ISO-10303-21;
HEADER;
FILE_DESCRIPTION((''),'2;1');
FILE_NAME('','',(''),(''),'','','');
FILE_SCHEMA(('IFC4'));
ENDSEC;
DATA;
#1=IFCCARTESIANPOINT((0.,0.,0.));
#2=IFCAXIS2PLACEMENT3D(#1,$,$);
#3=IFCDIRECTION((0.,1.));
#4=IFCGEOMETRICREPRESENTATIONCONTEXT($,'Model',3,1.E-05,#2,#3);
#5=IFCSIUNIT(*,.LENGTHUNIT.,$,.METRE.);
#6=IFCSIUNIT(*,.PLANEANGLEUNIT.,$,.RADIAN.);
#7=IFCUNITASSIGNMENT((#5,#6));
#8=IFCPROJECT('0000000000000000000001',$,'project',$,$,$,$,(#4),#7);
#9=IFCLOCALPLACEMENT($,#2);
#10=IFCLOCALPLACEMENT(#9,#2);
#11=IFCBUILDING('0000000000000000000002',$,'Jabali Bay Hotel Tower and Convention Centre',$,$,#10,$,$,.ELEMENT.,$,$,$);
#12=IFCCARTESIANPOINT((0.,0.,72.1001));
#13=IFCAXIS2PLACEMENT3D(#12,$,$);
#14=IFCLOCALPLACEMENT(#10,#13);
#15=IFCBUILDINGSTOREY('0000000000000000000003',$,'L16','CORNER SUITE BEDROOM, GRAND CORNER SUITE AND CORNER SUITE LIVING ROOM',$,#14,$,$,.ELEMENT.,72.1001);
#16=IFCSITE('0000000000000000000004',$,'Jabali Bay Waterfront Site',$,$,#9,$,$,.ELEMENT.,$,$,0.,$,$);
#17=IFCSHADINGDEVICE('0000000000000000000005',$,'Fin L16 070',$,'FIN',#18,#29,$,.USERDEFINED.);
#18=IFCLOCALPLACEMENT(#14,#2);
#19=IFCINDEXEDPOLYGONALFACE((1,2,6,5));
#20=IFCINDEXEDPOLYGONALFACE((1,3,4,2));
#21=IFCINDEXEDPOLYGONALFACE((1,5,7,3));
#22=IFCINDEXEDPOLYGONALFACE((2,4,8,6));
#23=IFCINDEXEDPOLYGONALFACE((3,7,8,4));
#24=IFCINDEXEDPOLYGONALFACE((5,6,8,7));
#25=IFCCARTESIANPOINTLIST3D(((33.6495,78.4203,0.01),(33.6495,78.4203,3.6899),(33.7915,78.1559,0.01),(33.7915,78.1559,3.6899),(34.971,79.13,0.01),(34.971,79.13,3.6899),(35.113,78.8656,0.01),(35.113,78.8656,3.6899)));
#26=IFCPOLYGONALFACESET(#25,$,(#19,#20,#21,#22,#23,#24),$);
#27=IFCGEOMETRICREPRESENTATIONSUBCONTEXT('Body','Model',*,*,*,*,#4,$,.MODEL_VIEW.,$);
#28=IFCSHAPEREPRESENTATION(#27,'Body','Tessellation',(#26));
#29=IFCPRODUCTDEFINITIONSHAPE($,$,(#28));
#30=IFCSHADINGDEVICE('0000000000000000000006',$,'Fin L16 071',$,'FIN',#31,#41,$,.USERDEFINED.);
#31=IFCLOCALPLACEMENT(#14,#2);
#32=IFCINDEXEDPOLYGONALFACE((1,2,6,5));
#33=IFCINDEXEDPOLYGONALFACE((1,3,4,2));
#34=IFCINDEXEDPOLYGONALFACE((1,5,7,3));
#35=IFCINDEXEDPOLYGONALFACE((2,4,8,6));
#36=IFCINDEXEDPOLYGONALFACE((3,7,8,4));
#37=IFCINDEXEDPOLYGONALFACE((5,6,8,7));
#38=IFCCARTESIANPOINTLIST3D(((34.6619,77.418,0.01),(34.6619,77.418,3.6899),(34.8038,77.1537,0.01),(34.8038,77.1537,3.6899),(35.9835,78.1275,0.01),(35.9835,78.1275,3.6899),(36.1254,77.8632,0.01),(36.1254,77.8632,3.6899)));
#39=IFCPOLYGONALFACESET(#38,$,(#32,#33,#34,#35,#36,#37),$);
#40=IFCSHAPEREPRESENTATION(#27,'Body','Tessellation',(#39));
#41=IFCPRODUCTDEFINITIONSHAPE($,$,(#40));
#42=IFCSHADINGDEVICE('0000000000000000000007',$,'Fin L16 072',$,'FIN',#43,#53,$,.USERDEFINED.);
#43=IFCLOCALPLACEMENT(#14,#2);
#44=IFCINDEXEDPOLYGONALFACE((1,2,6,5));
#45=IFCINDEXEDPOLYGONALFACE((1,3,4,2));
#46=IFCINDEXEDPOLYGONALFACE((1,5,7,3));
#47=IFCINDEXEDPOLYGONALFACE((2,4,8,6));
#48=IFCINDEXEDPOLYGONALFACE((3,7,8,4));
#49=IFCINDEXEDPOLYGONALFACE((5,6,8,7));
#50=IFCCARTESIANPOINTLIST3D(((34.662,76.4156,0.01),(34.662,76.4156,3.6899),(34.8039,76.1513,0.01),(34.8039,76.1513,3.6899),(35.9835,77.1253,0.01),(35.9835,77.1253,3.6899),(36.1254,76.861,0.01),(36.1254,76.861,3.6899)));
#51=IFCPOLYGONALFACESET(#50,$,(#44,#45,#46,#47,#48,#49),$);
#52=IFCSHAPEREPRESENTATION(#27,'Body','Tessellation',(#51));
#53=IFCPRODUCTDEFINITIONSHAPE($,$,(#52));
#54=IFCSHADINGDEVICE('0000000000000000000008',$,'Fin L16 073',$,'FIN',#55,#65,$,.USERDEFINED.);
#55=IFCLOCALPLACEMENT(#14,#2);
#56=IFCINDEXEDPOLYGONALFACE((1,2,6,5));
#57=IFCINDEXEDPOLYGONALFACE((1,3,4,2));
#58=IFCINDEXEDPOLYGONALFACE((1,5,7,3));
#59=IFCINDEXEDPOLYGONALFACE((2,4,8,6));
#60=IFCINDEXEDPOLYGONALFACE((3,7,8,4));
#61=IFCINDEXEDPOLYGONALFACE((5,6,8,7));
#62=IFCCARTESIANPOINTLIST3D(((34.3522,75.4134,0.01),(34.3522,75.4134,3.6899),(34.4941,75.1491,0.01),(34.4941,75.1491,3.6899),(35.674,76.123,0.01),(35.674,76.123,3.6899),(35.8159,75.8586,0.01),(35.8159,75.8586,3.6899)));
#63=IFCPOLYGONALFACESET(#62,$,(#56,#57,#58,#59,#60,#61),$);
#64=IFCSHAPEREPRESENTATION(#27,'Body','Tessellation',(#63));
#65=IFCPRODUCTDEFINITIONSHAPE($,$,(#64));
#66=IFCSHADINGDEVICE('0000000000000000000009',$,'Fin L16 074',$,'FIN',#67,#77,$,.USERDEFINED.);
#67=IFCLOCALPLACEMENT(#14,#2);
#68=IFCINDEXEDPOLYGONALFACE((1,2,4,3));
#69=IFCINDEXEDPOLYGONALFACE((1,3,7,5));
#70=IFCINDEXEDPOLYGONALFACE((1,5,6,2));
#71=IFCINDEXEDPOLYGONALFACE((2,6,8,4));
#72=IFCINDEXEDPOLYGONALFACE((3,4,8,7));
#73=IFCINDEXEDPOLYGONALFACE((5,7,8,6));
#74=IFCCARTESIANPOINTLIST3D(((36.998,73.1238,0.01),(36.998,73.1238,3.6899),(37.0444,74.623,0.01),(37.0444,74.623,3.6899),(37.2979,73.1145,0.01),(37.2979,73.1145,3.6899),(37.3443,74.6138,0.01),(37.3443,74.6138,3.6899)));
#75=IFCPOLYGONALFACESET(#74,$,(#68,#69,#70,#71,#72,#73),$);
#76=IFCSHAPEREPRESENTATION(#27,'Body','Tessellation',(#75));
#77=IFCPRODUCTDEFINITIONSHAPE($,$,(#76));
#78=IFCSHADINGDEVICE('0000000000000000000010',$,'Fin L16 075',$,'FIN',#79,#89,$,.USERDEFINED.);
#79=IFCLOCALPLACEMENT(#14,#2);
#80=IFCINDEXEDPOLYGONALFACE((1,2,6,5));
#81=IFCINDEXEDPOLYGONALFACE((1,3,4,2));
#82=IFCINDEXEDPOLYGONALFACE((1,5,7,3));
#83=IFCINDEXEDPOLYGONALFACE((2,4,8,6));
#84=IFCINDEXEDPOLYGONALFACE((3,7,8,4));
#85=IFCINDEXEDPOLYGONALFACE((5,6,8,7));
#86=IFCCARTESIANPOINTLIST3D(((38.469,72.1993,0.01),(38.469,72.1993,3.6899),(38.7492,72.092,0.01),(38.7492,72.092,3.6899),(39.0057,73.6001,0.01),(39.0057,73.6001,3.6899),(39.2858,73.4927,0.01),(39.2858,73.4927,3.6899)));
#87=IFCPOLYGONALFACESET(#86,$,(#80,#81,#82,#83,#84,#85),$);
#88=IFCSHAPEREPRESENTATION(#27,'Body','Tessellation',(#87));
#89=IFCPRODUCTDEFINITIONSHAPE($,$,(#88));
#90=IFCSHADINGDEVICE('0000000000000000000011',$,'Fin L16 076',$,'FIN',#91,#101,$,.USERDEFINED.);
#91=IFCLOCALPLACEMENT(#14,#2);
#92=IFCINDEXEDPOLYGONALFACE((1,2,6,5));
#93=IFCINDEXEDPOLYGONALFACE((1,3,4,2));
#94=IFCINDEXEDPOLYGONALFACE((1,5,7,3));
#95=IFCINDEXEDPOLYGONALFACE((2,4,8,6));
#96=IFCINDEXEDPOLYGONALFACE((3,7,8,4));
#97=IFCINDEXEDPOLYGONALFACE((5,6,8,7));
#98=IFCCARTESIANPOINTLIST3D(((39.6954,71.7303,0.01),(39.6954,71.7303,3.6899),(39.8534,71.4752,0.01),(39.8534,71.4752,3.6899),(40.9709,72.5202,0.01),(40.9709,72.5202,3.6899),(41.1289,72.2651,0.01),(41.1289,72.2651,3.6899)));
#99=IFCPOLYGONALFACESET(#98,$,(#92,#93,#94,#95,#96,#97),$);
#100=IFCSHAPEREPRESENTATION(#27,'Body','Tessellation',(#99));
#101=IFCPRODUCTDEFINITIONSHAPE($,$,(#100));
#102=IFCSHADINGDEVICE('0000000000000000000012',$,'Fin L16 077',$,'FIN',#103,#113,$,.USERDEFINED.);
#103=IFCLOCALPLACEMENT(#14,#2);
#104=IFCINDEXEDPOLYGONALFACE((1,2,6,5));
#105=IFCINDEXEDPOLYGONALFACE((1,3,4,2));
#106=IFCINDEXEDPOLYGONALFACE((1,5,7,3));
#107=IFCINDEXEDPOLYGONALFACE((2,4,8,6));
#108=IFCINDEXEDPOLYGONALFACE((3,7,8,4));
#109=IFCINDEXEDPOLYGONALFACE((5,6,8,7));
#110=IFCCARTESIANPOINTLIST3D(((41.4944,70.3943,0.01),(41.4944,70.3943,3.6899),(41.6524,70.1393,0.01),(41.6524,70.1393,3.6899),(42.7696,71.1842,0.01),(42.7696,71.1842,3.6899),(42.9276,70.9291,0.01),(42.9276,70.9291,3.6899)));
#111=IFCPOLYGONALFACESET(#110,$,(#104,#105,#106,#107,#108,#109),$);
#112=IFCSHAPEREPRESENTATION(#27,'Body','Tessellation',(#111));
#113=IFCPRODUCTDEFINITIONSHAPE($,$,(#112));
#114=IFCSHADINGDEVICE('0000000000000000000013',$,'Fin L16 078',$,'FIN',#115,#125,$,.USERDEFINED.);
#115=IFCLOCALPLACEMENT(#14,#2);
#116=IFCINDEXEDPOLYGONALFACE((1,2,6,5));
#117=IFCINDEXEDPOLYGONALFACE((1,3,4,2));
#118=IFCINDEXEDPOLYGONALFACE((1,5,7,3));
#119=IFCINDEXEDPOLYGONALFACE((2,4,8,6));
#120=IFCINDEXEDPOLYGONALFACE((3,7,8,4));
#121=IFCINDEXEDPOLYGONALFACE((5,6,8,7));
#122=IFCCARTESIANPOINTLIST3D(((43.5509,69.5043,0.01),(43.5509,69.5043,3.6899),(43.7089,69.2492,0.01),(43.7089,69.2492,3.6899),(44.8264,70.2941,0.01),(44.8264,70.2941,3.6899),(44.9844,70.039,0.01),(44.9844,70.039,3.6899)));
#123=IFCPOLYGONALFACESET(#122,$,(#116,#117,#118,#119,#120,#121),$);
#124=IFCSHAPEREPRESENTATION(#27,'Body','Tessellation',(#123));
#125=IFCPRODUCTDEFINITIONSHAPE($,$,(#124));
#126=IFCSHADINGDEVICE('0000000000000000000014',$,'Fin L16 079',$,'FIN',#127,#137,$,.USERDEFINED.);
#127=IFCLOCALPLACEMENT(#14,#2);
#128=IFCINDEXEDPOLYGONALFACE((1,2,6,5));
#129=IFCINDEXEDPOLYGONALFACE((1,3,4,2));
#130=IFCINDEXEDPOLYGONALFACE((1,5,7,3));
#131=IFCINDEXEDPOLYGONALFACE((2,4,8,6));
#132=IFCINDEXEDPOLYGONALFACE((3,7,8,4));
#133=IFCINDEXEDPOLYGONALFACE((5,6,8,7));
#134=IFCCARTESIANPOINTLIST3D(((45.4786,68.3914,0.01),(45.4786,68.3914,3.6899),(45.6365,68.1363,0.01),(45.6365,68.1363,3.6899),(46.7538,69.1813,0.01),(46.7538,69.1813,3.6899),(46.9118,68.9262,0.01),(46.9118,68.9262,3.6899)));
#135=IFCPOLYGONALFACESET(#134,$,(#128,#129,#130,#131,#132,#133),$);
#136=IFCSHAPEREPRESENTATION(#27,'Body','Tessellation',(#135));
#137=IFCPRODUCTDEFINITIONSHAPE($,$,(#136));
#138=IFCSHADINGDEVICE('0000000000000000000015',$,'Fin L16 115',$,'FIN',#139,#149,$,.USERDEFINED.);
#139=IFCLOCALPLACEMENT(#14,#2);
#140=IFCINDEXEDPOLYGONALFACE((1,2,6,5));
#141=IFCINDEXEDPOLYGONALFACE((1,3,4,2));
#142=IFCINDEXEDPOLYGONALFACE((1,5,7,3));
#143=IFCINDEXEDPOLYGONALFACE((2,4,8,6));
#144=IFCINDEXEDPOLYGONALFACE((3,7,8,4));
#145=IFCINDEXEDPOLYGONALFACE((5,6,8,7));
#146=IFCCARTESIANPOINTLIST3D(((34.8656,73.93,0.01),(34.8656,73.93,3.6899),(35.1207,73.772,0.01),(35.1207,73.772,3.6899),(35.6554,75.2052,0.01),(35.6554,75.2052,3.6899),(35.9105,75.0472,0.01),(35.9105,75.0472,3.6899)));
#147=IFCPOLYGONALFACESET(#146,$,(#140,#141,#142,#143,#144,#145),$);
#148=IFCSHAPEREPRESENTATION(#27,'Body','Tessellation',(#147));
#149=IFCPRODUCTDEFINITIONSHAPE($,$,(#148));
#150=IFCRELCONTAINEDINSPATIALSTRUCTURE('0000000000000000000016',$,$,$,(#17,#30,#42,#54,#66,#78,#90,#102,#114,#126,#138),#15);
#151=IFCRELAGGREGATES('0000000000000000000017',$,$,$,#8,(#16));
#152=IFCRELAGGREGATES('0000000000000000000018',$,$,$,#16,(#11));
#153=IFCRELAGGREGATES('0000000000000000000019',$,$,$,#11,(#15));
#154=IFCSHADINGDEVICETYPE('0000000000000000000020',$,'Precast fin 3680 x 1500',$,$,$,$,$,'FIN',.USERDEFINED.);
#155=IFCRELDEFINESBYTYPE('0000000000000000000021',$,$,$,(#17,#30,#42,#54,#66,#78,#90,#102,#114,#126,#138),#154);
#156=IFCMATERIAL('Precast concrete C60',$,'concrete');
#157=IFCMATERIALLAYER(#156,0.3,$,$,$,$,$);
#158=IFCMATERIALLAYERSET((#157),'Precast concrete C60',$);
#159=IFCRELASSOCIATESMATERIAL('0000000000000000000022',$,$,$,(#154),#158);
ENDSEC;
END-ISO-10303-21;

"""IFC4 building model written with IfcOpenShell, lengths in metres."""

from ifc_helpers import new_model, si_unit, direction, frame, frame_2d, origin, place, context, subcontext, project, spatial, rectangle, extrude, material, layer, layer_set, type_object, element, save


model = new_model("IFC4")

# Units and contexts
model_context = context("Model", 3, precision=1e-05, world=origin(), true_north=direction((0.0, 1.0)))
body_context = subcontext(model_context, "Body", "Model", "MODEL_VIEW")
ifc_project = project(units=[si_unit("LENGTHUNIT", "METRE"), si_unit("PLANEANGLEUNIT", "RADIAN")], contexts=[model_context])

# Site, building, storey
site_placement = place(None, origin())
site = spatial("IfcSite", under=ifc_project, at=site_placement, Name="Jabali Bay Waterfront Site", CompositionType="ELEMENT", RefElevation=0.0)
building_placement = place(site_placement, origin())
building = spatial("IfcBuilding", under=site, at=building_placement, Name="Jabali Bay Hotel Tower and Convention Centre", CompositionType="ELEMENT")
storey_placement = place(building_placement, frame((0.0, 0.0, 72.1001)))
storey = spatial("IfcBuildingStorey", under=building, at=storey_placement, Name="L16", Description="CORNER SUITE BEDROOM, GRAND CORNER SUITE AND CORNER SUITE LIVING ROOM", CompositionType="ELEMENT", Elevation=72.1001)

# Shading devices
ifc_material_1 = material(Name="Precast concrete C60", Category="concrete")
ifc_layer_1 = layer(ifc_material_1, 0.3)
ifc_layer_set_1 = layer_set([ifc_layer_1], Name="Precast concrete C60")
shading_device_type = type_object("IfcShadingDeviceType", Name="Precast fin 3680 x 1500", ElementType="FIN", PredefinedType="USERDEFINED", material=ifc_layer_set_1)
for number, where, z_axis, x_axis, name in (
    (1, (35.042, 78.9978, 0.01), (0.0, 0.0, 1.0), (-0.880993, -0.473129, 0.0), "Fin L16 070"),
    (2, (36.0544, 77.9954, 0.01), (0.0, 0.0, 1.0), (-0.881061, -0.473003, 0.0), "Fin L16 071"),
    (3, (36.0544, 76.9932, 0.01), (0.0, 0.0, 1.0), (-0.880993, -0.473129, 0.0), "Fin L16 072"),
):
    element("IfcShadingDevice", number, at=place(storey_placement, frame(where, z_axis=z_axis, x_axis=x_axis)), inside=storey, type_object=shading_device_type, Name=name, ObjectType="FIN", PredefinedType="USERDEFINED", context=body_context, shape_type="SweptSolid", body=[
        extrude(rectangle(XDim=1.5, YDim=0.3, at=frame_2d((0.75, 0.0))), origin(), (0.0, 0.0, 1.0), 3.6799),
    ])
shading_device_1_placement = place(storey_placement, frame((35.7449, 75.9907, 0.01), z_axis=(0.0, 0.0, 1.0), x_axis=(-0.881097, -0.472935, 0.0)))
element("IfcShadingDevice", 4, at=shading_device_1_placement, inside=storey, type_object=shading_device_type, Name="Fin L16 073", ObjectType="FIN", PredefinedType="USERDEFINED", context=body_context, shape_type="SweptSolid", body=[
    extrude(rectangle(XDim=1.5002, YDim=0.3, at=frame_2d((0.75, 0.0))), origin(), (0.0, 0.0, 1.0), 3.6799),
])
for number, where, z_axis, x_axis, name in (
    (5, (37.1943, 74.6184, 0.01), (0.0, 0.0, 1.0), (-0.030925, -0.999522, 0.0), "Fin L16 074"),
    (6, (39.1458, 73.5464, 0.01), (0.0, 0.0, 1.0), (-0.357768, -0.93381, 0.0), "Fin L16 075"),
):
    element("IfcShadingDevice", number, at=place(storey_placement, frame(where, z_axis=z_axis, x_axis=x_axis)), inside=storey, type_object=shading_device_type, Name=name, ObjectType="FIN", PredefinedType="USERDEFINED", context=body_context, shape_type="SweptSolid", body=[
        extrude(rectangle(XDim=1.5, YDim=0.3, at=frame_2d((0.75, 0.0))), origin(), (0.0, 0.0, 1.0), 3.6799),
    ])
shading_device_2_placement = place(storey_placement, frame((41.0498, 72.3926, 0.01), z_axis=(0.0, 0.0, 1.0), x_axis=(-0.850185, -0.526483, 0.0)))
element("IfcShadingDevice", 7, at=shading_device_2_placement, inside=storey, type_object=shading_device_type, Name="Fin L16 076", ObjectType="FIN", PredefinedType="USERDEFINED", context=body_context, shape_type="SweptSolid", body=[
    extrude(rectangle(XDim=1.5002, YDim=0.3, at=frame_2d((0.75, 0.0))), origin(), (0.0, 0.0, 1.0), 3.6799),
])
shading_device_3_placement = place(storey_placement, frame((42.8486, 71.0566, 0.01), z_axis=(0.0, 0.0, 1.0), x_axis=(-0.85014, -0.526556, 0.0)))
element("IfcShadingDevice", 8, at=shading_device_3_placement, inside=storey, type_object=shading_device_type, Name="Fin L16 077", ObjectType="FIN", PredefinedType="USERDEFINED", context=body_context, shape_type="SweptSolid", body=[
    extrude(rectangle(XDim=1.5, YDim=0.3, at=frame_2d((0.75, 0.0))), origin(), (0.0, 0.0, 1.0), 3.6799),
])
shading_device_4_placement = place(storey_placement, frame((44.9053, 70.1665, 0.01), z_axis=(0.0, 0.0, 1.0), x_axis=(-0.850185, -0.526483, 0.0)))
element("IfcShadingDevice", 9, at=shading_device_4_placement, inside=storey, type_object=shading_device_type, Name="Fin L16 078", ObjectType="FIN", PredefinedType="USERDEFINED", context=body_context, shape_type="SweptSolid", body=[
    extrude(rectangle(XDim=1.5002, YDim=0.3, at=frame_2d((0.75, 0.0))), origin(), (0.0, 0.0, 1.0), 3.6799),
])
for number, where, z_axis, x_axis, name in (
    (10, (46.8328, 69.0537, 0.01), (0.0, 0.0, 1.0), (-0.85014, -0.526556, 0.0), "Fin L16 079"),
    (11, (35.783, 75.1262, 0.01), (0.0, 0.0, 1.0), (-0.526556, -0.85014, 0.0), "Fin L16 115"),
):
    element("IfcShadingDevice", number, at=place(storey_placement, frame(where, z_axis=z_axis, x_axis=x_axis)), inside=storey, type_object=shading_device_type, Name=name, ObjectType="FIN", PredefinedType="USERDEFINED", context=body_context, shape_type="SweptSolid", body=[
        extrude(rectangle(XDim=1.5, YDim=0.3, at=frame_2d((0.75, 0.0))), origin(), (0.0, 0.0, 1.0), 3.6799),
    ])

save(model, "model.ifc")
